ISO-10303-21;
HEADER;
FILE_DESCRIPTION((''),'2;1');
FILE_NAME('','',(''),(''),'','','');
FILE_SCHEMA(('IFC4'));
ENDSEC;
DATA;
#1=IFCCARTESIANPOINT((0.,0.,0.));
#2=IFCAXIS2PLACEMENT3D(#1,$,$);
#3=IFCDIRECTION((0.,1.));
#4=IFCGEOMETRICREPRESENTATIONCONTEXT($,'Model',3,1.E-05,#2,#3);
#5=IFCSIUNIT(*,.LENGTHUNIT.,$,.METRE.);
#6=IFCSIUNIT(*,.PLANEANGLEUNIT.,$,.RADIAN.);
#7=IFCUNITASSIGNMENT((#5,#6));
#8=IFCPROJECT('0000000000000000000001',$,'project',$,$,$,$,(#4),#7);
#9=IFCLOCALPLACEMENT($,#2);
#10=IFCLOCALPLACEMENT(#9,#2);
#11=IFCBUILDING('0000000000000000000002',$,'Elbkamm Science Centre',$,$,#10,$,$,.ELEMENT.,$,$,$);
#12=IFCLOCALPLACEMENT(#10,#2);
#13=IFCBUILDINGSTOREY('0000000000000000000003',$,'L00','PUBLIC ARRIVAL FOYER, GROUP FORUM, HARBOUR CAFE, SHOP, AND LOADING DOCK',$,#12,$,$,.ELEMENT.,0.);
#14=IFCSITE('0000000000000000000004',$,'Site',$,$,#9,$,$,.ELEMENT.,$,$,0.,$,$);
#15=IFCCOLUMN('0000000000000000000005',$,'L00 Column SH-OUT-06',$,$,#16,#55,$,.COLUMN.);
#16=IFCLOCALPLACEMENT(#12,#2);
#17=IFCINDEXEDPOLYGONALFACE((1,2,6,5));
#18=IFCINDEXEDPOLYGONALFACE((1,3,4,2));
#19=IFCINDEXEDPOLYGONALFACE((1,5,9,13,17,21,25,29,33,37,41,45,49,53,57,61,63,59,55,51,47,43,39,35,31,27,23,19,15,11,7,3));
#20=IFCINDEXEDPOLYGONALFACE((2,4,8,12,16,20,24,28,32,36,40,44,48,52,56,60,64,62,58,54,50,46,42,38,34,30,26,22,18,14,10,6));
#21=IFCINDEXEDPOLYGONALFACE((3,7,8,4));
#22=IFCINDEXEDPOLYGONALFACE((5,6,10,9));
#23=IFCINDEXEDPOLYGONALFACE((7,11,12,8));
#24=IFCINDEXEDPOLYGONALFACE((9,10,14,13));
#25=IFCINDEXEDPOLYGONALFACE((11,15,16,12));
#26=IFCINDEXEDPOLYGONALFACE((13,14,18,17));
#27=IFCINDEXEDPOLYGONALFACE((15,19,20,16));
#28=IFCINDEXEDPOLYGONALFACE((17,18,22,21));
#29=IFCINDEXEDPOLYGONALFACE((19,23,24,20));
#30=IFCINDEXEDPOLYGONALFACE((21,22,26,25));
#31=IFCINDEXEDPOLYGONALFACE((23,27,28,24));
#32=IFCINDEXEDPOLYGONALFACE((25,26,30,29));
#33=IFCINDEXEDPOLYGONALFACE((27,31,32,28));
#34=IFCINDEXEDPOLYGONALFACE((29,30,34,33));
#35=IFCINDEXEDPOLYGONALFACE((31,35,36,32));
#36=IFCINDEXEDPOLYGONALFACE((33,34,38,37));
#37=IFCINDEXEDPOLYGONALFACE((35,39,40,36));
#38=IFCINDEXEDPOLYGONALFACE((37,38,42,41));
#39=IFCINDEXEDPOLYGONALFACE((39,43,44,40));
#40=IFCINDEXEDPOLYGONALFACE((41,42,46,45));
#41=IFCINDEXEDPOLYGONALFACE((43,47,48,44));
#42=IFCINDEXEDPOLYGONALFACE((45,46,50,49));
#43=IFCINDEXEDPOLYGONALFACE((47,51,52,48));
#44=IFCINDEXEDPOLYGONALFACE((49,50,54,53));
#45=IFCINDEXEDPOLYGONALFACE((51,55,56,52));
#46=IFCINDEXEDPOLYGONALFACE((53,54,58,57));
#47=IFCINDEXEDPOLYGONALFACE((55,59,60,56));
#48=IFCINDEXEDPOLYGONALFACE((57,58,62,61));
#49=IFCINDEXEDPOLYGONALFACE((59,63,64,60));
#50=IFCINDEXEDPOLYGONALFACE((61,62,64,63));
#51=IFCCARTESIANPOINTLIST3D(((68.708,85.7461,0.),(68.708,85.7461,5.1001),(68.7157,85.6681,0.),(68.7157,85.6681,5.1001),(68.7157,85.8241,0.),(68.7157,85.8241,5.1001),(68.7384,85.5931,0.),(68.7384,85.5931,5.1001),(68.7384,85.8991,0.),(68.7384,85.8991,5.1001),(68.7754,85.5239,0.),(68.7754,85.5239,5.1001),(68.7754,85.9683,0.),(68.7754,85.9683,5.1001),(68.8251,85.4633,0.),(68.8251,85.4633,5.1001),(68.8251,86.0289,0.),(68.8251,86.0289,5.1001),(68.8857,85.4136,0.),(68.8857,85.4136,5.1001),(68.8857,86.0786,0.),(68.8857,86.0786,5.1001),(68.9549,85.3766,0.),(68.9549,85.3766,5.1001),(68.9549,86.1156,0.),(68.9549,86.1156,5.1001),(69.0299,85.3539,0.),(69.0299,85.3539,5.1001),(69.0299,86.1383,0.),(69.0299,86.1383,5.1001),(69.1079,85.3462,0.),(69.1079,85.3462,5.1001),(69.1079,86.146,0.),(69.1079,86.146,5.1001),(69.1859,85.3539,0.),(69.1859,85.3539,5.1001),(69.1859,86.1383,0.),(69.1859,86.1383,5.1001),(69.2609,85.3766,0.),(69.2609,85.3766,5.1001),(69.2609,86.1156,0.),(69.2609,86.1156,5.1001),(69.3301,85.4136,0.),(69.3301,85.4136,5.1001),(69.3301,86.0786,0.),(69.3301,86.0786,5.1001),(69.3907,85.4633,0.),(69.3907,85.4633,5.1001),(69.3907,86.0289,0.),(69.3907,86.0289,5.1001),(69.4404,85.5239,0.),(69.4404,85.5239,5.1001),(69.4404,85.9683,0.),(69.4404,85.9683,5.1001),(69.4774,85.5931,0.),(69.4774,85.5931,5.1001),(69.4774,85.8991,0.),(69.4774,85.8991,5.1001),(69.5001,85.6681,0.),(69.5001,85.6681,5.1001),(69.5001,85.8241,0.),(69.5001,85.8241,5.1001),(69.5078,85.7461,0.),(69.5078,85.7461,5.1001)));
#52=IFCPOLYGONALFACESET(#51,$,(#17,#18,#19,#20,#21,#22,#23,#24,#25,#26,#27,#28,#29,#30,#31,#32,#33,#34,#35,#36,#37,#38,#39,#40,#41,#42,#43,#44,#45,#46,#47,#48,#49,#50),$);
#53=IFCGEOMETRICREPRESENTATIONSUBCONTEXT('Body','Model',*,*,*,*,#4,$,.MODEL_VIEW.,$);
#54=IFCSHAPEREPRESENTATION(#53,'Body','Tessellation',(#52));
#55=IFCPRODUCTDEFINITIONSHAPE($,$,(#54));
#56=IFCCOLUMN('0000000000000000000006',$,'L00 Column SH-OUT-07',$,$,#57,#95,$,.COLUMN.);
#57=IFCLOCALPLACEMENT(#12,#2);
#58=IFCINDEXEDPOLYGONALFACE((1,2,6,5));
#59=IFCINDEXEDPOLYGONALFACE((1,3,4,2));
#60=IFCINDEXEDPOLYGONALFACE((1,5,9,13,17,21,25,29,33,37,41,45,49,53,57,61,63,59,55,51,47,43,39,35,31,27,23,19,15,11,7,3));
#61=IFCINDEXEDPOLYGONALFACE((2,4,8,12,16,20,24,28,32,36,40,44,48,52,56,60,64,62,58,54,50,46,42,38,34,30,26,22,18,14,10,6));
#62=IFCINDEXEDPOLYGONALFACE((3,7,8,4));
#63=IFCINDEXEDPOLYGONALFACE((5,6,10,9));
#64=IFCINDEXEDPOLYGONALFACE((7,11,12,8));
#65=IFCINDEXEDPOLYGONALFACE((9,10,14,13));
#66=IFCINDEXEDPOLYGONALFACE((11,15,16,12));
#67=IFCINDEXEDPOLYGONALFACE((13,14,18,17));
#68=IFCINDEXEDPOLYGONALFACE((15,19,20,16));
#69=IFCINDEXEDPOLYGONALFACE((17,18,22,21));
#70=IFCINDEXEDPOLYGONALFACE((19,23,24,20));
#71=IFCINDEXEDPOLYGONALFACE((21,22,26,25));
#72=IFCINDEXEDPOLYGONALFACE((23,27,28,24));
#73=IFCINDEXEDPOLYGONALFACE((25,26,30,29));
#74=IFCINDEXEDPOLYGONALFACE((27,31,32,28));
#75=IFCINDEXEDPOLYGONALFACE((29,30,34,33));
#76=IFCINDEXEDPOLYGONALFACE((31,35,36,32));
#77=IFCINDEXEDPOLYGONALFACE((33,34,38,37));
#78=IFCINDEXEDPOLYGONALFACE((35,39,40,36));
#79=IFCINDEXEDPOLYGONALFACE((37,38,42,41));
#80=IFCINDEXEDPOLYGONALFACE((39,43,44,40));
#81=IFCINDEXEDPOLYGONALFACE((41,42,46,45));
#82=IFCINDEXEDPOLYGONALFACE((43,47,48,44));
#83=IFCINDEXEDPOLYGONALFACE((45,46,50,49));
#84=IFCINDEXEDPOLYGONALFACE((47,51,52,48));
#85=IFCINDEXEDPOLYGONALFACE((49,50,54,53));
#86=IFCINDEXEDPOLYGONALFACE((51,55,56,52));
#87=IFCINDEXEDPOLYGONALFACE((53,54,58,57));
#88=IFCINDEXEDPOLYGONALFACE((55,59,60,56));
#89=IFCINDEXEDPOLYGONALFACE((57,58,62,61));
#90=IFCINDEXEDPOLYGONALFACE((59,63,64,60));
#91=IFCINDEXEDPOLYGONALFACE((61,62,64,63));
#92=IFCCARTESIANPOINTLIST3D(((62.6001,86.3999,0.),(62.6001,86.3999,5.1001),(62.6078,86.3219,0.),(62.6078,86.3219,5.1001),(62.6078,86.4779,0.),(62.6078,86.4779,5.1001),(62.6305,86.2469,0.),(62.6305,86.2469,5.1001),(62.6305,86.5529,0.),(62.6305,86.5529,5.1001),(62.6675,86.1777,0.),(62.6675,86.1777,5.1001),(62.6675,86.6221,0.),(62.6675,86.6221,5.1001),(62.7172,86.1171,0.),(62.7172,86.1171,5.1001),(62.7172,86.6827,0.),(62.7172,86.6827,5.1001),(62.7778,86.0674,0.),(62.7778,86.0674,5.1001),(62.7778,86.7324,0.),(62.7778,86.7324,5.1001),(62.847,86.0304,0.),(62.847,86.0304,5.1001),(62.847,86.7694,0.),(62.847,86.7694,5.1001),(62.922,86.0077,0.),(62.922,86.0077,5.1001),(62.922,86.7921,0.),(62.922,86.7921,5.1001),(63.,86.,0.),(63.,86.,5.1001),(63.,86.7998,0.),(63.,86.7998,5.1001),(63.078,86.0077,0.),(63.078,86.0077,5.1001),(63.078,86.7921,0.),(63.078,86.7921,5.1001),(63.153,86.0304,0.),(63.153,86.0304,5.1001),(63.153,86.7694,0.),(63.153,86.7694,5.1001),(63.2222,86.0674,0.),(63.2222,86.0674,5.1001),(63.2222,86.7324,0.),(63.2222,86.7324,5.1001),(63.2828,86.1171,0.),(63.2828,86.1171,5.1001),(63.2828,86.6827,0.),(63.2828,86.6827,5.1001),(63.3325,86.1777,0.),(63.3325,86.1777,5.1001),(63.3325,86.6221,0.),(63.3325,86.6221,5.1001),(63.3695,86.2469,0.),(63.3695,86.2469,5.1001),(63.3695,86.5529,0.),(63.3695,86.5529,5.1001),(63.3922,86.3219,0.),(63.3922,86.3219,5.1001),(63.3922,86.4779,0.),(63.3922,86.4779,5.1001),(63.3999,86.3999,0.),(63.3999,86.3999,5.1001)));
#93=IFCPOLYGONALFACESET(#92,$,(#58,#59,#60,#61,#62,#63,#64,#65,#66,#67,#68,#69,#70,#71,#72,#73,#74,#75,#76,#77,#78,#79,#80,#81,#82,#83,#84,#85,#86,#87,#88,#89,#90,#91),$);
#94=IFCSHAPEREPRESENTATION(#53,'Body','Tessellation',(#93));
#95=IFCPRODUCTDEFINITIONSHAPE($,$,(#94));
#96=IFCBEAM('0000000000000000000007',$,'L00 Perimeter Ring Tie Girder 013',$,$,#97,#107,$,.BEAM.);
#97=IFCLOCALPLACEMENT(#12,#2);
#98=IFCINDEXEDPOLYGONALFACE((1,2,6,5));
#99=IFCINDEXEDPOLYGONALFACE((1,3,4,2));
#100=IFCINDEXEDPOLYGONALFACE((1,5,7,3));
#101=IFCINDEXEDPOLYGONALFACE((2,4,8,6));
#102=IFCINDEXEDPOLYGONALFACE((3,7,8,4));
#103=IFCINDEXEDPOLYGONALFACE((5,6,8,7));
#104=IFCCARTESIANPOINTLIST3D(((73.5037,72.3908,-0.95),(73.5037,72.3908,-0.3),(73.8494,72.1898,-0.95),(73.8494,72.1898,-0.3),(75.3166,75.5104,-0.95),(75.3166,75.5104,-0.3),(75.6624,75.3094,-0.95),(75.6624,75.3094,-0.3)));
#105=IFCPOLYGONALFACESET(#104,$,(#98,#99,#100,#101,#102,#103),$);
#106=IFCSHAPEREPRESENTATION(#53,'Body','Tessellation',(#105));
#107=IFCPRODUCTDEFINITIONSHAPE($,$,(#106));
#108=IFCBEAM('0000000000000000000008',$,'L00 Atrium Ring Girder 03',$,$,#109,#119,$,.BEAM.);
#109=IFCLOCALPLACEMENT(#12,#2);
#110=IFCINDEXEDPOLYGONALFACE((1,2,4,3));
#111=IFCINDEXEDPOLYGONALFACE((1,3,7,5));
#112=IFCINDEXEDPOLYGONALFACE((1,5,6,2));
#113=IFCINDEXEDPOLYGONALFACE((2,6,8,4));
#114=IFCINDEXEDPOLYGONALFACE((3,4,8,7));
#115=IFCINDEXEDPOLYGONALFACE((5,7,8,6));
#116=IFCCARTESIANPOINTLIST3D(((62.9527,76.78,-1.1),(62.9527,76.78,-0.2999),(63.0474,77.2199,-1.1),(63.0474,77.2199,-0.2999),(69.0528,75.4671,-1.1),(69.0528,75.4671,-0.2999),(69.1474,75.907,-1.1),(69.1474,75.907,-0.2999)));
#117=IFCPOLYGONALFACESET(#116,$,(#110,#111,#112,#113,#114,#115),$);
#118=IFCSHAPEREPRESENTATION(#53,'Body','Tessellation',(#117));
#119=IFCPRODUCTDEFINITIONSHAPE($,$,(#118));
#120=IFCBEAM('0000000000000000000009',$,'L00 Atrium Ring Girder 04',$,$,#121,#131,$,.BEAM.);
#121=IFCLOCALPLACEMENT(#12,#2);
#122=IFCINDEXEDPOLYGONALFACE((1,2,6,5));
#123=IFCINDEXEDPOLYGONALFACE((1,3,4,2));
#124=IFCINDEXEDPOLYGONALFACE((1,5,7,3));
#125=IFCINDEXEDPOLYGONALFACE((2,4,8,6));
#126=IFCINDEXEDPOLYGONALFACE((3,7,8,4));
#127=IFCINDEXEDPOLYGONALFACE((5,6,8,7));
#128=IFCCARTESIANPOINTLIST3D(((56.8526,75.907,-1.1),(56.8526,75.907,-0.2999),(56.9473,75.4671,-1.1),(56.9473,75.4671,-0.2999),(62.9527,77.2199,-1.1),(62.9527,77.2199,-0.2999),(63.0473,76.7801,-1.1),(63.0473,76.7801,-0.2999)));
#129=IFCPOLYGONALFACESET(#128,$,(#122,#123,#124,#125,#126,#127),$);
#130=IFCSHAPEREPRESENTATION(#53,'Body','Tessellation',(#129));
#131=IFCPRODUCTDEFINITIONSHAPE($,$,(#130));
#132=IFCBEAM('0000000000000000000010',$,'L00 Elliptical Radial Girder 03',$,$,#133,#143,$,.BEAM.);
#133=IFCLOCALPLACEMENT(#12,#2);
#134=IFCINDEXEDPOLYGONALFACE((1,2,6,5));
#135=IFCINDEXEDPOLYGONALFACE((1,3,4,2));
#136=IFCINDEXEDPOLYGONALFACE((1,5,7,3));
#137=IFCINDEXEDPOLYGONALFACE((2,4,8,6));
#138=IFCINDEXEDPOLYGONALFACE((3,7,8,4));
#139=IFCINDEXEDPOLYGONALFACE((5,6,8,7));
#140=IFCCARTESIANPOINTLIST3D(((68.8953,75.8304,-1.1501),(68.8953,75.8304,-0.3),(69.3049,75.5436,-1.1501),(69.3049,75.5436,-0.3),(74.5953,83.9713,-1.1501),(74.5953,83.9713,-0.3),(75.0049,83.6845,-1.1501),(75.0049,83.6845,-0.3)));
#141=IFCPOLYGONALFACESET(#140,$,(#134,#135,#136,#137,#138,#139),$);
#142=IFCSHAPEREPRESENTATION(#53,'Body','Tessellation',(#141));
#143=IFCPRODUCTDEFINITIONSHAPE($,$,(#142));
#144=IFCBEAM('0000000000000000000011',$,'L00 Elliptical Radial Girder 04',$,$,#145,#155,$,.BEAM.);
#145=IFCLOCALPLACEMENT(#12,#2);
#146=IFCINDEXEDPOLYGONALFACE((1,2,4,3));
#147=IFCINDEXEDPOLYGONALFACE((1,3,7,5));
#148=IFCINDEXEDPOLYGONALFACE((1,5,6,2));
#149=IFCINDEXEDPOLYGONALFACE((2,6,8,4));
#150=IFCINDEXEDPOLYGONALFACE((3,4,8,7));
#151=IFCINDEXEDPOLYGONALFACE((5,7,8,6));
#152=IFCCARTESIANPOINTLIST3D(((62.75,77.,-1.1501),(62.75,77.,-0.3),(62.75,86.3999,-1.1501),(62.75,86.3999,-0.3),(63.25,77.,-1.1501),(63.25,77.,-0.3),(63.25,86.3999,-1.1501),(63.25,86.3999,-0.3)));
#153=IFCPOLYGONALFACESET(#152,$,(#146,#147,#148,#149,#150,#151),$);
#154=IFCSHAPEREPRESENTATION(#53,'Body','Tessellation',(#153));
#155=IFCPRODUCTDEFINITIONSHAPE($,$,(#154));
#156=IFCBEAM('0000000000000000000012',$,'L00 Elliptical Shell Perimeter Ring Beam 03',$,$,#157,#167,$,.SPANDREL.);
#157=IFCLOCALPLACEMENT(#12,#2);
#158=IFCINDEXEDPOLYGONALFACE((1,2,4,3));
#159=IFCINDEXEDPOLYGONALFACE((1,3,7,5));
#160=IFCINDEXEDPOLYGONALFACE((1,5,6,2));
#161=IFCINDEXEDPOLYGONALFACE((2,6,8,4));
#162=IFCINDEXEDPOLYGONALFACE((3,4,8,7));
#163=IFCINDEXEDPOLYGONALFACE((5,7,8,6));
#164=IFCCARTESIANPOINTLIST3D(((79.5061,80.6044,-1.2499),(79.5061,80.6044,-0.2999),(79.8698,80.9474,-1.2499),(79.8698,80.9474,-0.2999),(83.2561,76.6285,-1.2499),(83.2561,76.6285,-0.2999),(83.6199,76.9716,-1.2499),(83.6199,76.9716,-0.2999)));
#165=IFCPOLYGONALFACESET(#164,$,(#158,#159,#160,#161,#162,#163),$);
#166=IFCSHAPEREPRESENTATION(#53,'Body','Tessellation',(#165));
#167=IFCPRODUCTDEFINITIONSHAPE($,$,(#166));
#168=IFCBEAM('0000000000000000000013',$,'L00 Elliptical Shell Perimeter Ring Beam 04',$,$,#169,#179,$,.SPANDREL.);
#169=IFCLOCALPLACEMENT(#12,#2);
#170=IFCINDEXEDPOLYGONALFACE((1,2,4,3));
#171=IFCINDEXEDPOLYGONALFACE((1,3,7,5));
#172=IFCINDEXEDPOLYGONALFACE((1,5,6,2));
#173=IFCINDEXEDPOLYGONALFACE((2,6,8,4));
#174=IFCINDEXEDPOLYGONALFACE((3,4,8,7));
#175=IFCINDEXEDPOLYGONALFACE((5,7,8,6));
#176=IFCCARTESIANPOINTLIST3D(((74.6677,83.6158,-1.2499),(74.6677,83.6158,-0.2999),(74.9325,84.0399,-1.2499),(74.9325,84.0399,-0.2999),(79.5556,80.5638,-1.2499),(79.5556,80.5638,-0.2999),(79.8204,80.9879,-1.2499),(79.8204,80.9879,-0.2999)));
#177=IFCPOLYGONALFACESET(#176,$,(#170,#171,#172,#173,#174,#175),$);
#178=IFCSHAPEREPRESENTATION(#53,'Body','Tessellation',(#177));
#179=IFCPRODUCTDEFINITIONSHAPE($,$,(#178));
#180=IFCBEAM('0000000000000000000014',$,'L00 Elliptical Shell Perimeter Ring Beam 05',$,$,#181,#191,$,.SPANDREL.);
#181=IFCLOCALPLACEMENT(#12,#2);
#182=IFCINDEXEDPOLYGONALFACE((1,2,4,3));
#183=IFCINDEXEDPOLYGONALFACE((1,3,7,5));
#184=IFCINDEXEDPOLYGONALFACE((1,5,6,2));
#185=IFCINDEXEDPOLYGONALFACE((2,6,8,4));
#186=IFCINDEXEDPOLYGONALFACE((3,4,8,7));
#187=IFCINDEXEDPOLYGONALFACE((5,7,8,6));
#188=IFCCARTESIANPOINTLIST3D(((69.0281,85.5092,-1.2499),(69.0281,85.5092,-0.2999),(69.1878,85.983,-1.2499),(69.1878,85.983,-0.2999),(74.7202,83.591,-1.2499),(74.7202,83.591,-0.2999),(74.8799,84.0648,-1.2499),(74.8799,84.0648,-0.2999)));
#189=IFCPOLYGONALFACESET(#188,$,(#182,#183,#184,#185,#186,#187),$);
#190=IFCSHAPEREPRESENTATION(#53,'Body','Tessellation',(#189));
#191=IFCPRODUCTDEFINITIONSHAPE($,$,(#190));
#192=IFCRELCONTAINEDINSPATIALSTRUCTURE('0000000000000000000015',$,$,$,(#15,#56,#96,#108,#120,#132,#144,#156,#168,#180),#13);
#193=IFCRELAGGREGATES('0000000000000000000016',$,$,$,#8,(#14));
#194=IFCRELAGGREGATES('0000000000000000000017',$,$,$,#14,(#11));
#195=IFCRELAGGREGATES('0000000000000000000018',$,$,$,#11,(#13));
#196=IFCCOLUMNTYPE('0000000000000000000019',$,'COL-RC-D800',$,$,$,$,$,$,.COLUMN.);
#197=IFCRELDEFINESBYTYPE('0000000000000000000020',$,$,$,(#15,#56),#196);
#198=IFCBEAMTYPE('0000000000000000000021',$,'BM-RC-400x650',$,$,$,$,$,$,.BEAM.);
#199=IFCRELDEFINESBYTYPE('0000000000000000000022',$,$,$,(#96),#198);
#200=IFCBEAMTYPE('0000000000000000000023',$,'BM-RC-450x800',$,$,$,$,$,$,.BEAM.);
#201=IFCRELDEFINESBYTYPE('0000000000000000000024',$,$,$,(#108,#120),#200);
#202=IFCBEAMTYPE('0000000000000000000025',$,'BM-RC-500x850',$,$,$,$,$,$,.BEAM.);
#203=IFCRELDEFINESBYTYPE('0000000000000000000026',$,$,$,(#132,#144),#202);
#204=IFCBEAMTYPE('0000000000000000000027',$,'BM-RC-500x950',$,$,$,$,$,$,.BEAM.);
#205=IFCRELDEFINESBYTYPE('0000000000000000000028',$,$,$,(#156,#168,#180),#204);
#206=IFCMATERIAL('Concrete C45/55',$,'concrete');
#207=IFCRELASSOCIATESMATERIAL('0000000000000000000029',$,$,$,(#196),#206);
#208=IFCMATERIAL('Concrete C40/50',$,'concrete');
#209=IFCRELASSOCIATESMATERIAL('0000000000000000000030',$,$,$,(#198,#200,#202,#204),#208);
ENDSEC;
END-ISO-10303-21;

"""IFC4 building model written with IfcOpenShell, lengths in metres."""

from ifc_helpers import new_model, si_unit, direction, frame, origin, origin_2d, place, context, subcontext, project, spatial, rectangle, circle, extrude, material, material_profile, profile_set, type_object, element, save


model = new_model("IFC4")

# Units and contexts
model_context = context("Model", 3, precision=1e-05, world=origin(), true_north=direction((0.0, 1.0)))
body_context = subcontext(model_context, "Body", "Model", "MODEL_VIEW")
ifc_project = project(units=[si_unit("LENGTHUNIT", "METRE"), si_unit("PLANEANGLEUNIT", "RADIAN")], contexts=[model_context])

# Site, building, storey
site_placement = place(None, origin())
site = spatial("IfcSite", under=ifc_project, at=site_placement, Name="Site", CompositionType="ELEMENT", RefElevation=0.0)
building_placement = place(site_placement, origin())
building = spatial("IfcBuilding", under=site, at=building_placement, Name="Elbkamm Science Centre", CompositionType="ELEMENT")
storey_placement = place(building_placement, origin())
storey = spatial("IfcBuildingStorey", under=building, at=storey_placement, Name="L00", Description="PUBLIC ARRIVAL FOYER, GROUP FORUM, HARBOUR CAFE, SHOP, AND LOADING DOCK", CompositionType="ELEMENT", Elevation=0.0)

# Columns
ifc_material_1 = material(Name="Concrete C40/50", Category="concrete")
ifc_material_2 = material(Name="Concrete C45/55", Category="concrete")
ifc_material_profile_1 = material_profile(ifc_material_2, circle(Radius=0.3999, at=origin_2d()), Name="RC D800")
ifc_profile_set_1 = profile_set([ifc_material_profile_1], Name="Concrete C45/55")
column_type_1 = type_object("IfcColumnType", Name="COL-RC-D800", PredefinedType="COLUMN", material=ifc_profile_set_1)
for number, where, z_axis, x_axis, name in (
    (1, (69.1079, 85.7461, 0.0), (0.0, 0.0, 1.0), (1.0, 0.0, 0.0), "L00 Column SH-OUT-06"),
    (2, (63.0, 86.3999, 0.0), (0.0, 0.0, 1.0), (1.0, 0.0, 0.0), "L00 Column SH-OUT-07"),
):
    element("IfcColumn", number, at=place(storey_placement, frame(where, z_axis=z_axis, x_axis=x_axis)), inside=storey, type_object=column_type_1, Name=name, PredefinedType="COLUMN", context=body_context, shape_type="SweptSolid", body=[
        extrude(circle(Radius=0.3999, at=origin_2d()), origin(), (0.0, 0.0, 1.0), 5.1001),
    ])

# Beams
ifc_material_profile_2 = material_profile(ifc_material_1, rectangle(XDim=0.3999, YDim=0.6499, at=origin_2d()), Name="RC 400x650")
ifc_profile_set_2 = profile_set([ifc_material_profile_2], Name="Concrete C40/50")
beam_type_1 = type_object("IfcBeamType", Name="BM-RC-400x650", PredefinedType="BEAM", material=ifc_profile_set_2)
beam_1_placement = place(storey_placement, frame((75.4895, 75.4099, -0.625), z_axis=(-0.502465, -0.864597, 0.0), x_axis=(0.864597, -0.502465, 0.0)))
element("IfcBeam", 3, at=beam_1_placement, inside=storey, type_object=beam_type_1, Name="L00 Perimeter Ring Tie Girder 013", PredefinedType="BEAM", context=body_context, shape_type="SweptSolid", body=[
    extrude(rectangle(XDim=0.3999, YDim=0.6499, at=origin_2d()), origin(), (0.0, 0.0, 1.0), 3.6082),
])
ifc_material_profile_3 = material_profile(ifc_material_1, rectangle(XDim=0.45, YDim=0.8, at=origin_2d()), Name="RC 450x800")
ifc_profile_set_3 = profile_set([ifc_material_profile_3], Name="Concrete C40/50")
beam_type_2 = type_object("IfcBeamType", Name="BM-RC-450x800", PredefinedType="BEAM", material=ifc_profile_set_3)
for number, where, z_axis, x_axis, name in (
    (4, (69.1001, 75.687, -0.7), (-0.977611, 0.210421, 0.0), (-0.210421, -0.977611, 0.0), "L00 Atrium Ring Girder 03"),
    (5, (63.0, 77.0, -0.7), (-0.977611, -0.210421, 0.0), (0.210421, -0.977611, 0.0), "L00 Atrium Ring Girder 04"),
):
    element("IfcBeam", number, at=place(storey_placement, frame(where, z_axis=z_axis, x_axis=x_axis)), inside=storey, type_object=beam_type_2, Name=name, PredefinedType="BEAM", context=body_context, shape_type="SweptSolid", body=[
        extrude(rectangle(XDim=0.45, YDim=0.8, at=origin_2d()), origin(), (0.0, 0.0, 1.0), 6.2397),
    ])
ifc_material_profile_4 = material_profile(ifc_material_1, rectangle(XDim=0.5, YDim=0.8501, at=origin_2d()), Name="RC 500x850")
ifc_profile_set_4 = profile_set([ifc_material_profile_4], Name="Concrete C40/50")
beam_type_3 = type_object("IfcBeamType", Name="BM-RC-500x850", PredefinedType="BEAM", material=ifc_profile_set_4)
beam_2_placement = place(storey_placement, frame((69.1001, 75.687, -0.7251), z_axis=(0.573553, 0.819168, 0.0), x_axis=(-0.819168, 0.573553, 0.0)))
element("IfcBeam", 6, at=beam_2_placement, inside=storey, type_object=beam_type_3, Name="L00 Elliptical Radial Girder 03", PredefinedType="BEAM", context=body_context, shape_type="SweptSolid", body=[
    extrude(rectangle(XDim=0.5, YDim=0.8501, at=origin_2d()), origin(), (0.0, 0.0, 1.0), 9.938),
])
beam_3_placement = place(storey_placement, frame((63.0, 77.0, -0.7251), z_axis=(0.0, 1.0, 0.0), x_axis=(-1.0, 0.0, 0.0)))
element("IfcBeam", 7, at=beam_3_placement, inside=storey, type_object=beam_type_3, Name="L00 Elliptical Radial Girder 04", PredefinedType="BEAM", context=body_context, shape_type="SweptSolid", body=[
    extrude(rectangle(XDim=0.5, YDim=0.8501, at=origin_2d()), origin(), (0.0, 0.0, 1.0), 9.3999),
])
ifc_material_profile_5 = material_profile(ifc_material_1, rectangle(XDim=0.5, YDim=0.95, at=origin_2d()), Name="RC 500x950")
ifc_profile_set_5 = profile_set([ifc_material_profile_5], Name="Concrete C40/50")
beam_type_4 = type_object("IfcBeamType", Name="BM-RC-500x950", PredefinedType="BEAM", material=ifc_profile_set_5)
beam_4_placement = place(storey_placement, frame((83.438, 76.8, -0.7749), z_axis=(-0.686145, 0.727465, 0.0), x_axis=(-0.727465, -0.686145, 0.0)))
element("IfcBeam", 8, at=beam_4_placement, inside=storey, type_object=beam_type_4, Name="L00 Elliptical Shell Perimeter Ring Beam 03", PredefinedType="SPANDREL", context=body_context, shape_type="SweptSolid", body=[
    extrude(rectangle(XDim=0.5, YDim=0.95, at=origin_2d()), origin(), (0.0, 0.0, 1.0), 5.4653),
])
beam_5_placement = place(storey_placement, frame((79.688, 80.7759, -0.7749), z_axis=(-0.848229, 0.529629, 0.0), x_axis=(-0.529629, -0.848229, 0.0)))
element("IfcBeam", 9, at=beam_5_placement, inside=storey, type_object=beam_type_4, Name="L00 Elliptical Shell Perimeter Ring Beam 04", PredefinedType="SPANDREL", context=body_context, shape_type="SweptSolid", body=[
    extrude(rectangle(XDim=0.5, YDim=0.95, at=origin_2d()), origin(), (0.0, 0.0, 1.0), 5.7625),
])
beam_6_placement = place(storey_placement, frame((74.8, 83.8279, -0.7749), z_axis=(-0.947638, 0.319348, 0.0), x_axis=(-0.319348, -0.947638, 0.0)))
element("IfcBeam", 10, at=beam_6_placement, inside=storey, type_object=beam_type_4, Name="L00 Elliptical Shell Perimeter Ring Beam 05", PredefinedType="SPANDREL", context=body_context, shape_type="SweptSolid", body=[
    extrude(rectangle(XDim=0.5, YDim=0.95, at=origin_2d()), origin(), (0.0, 0.0, 1.0), 6.0066),
])

save(model, "model.ifc")
